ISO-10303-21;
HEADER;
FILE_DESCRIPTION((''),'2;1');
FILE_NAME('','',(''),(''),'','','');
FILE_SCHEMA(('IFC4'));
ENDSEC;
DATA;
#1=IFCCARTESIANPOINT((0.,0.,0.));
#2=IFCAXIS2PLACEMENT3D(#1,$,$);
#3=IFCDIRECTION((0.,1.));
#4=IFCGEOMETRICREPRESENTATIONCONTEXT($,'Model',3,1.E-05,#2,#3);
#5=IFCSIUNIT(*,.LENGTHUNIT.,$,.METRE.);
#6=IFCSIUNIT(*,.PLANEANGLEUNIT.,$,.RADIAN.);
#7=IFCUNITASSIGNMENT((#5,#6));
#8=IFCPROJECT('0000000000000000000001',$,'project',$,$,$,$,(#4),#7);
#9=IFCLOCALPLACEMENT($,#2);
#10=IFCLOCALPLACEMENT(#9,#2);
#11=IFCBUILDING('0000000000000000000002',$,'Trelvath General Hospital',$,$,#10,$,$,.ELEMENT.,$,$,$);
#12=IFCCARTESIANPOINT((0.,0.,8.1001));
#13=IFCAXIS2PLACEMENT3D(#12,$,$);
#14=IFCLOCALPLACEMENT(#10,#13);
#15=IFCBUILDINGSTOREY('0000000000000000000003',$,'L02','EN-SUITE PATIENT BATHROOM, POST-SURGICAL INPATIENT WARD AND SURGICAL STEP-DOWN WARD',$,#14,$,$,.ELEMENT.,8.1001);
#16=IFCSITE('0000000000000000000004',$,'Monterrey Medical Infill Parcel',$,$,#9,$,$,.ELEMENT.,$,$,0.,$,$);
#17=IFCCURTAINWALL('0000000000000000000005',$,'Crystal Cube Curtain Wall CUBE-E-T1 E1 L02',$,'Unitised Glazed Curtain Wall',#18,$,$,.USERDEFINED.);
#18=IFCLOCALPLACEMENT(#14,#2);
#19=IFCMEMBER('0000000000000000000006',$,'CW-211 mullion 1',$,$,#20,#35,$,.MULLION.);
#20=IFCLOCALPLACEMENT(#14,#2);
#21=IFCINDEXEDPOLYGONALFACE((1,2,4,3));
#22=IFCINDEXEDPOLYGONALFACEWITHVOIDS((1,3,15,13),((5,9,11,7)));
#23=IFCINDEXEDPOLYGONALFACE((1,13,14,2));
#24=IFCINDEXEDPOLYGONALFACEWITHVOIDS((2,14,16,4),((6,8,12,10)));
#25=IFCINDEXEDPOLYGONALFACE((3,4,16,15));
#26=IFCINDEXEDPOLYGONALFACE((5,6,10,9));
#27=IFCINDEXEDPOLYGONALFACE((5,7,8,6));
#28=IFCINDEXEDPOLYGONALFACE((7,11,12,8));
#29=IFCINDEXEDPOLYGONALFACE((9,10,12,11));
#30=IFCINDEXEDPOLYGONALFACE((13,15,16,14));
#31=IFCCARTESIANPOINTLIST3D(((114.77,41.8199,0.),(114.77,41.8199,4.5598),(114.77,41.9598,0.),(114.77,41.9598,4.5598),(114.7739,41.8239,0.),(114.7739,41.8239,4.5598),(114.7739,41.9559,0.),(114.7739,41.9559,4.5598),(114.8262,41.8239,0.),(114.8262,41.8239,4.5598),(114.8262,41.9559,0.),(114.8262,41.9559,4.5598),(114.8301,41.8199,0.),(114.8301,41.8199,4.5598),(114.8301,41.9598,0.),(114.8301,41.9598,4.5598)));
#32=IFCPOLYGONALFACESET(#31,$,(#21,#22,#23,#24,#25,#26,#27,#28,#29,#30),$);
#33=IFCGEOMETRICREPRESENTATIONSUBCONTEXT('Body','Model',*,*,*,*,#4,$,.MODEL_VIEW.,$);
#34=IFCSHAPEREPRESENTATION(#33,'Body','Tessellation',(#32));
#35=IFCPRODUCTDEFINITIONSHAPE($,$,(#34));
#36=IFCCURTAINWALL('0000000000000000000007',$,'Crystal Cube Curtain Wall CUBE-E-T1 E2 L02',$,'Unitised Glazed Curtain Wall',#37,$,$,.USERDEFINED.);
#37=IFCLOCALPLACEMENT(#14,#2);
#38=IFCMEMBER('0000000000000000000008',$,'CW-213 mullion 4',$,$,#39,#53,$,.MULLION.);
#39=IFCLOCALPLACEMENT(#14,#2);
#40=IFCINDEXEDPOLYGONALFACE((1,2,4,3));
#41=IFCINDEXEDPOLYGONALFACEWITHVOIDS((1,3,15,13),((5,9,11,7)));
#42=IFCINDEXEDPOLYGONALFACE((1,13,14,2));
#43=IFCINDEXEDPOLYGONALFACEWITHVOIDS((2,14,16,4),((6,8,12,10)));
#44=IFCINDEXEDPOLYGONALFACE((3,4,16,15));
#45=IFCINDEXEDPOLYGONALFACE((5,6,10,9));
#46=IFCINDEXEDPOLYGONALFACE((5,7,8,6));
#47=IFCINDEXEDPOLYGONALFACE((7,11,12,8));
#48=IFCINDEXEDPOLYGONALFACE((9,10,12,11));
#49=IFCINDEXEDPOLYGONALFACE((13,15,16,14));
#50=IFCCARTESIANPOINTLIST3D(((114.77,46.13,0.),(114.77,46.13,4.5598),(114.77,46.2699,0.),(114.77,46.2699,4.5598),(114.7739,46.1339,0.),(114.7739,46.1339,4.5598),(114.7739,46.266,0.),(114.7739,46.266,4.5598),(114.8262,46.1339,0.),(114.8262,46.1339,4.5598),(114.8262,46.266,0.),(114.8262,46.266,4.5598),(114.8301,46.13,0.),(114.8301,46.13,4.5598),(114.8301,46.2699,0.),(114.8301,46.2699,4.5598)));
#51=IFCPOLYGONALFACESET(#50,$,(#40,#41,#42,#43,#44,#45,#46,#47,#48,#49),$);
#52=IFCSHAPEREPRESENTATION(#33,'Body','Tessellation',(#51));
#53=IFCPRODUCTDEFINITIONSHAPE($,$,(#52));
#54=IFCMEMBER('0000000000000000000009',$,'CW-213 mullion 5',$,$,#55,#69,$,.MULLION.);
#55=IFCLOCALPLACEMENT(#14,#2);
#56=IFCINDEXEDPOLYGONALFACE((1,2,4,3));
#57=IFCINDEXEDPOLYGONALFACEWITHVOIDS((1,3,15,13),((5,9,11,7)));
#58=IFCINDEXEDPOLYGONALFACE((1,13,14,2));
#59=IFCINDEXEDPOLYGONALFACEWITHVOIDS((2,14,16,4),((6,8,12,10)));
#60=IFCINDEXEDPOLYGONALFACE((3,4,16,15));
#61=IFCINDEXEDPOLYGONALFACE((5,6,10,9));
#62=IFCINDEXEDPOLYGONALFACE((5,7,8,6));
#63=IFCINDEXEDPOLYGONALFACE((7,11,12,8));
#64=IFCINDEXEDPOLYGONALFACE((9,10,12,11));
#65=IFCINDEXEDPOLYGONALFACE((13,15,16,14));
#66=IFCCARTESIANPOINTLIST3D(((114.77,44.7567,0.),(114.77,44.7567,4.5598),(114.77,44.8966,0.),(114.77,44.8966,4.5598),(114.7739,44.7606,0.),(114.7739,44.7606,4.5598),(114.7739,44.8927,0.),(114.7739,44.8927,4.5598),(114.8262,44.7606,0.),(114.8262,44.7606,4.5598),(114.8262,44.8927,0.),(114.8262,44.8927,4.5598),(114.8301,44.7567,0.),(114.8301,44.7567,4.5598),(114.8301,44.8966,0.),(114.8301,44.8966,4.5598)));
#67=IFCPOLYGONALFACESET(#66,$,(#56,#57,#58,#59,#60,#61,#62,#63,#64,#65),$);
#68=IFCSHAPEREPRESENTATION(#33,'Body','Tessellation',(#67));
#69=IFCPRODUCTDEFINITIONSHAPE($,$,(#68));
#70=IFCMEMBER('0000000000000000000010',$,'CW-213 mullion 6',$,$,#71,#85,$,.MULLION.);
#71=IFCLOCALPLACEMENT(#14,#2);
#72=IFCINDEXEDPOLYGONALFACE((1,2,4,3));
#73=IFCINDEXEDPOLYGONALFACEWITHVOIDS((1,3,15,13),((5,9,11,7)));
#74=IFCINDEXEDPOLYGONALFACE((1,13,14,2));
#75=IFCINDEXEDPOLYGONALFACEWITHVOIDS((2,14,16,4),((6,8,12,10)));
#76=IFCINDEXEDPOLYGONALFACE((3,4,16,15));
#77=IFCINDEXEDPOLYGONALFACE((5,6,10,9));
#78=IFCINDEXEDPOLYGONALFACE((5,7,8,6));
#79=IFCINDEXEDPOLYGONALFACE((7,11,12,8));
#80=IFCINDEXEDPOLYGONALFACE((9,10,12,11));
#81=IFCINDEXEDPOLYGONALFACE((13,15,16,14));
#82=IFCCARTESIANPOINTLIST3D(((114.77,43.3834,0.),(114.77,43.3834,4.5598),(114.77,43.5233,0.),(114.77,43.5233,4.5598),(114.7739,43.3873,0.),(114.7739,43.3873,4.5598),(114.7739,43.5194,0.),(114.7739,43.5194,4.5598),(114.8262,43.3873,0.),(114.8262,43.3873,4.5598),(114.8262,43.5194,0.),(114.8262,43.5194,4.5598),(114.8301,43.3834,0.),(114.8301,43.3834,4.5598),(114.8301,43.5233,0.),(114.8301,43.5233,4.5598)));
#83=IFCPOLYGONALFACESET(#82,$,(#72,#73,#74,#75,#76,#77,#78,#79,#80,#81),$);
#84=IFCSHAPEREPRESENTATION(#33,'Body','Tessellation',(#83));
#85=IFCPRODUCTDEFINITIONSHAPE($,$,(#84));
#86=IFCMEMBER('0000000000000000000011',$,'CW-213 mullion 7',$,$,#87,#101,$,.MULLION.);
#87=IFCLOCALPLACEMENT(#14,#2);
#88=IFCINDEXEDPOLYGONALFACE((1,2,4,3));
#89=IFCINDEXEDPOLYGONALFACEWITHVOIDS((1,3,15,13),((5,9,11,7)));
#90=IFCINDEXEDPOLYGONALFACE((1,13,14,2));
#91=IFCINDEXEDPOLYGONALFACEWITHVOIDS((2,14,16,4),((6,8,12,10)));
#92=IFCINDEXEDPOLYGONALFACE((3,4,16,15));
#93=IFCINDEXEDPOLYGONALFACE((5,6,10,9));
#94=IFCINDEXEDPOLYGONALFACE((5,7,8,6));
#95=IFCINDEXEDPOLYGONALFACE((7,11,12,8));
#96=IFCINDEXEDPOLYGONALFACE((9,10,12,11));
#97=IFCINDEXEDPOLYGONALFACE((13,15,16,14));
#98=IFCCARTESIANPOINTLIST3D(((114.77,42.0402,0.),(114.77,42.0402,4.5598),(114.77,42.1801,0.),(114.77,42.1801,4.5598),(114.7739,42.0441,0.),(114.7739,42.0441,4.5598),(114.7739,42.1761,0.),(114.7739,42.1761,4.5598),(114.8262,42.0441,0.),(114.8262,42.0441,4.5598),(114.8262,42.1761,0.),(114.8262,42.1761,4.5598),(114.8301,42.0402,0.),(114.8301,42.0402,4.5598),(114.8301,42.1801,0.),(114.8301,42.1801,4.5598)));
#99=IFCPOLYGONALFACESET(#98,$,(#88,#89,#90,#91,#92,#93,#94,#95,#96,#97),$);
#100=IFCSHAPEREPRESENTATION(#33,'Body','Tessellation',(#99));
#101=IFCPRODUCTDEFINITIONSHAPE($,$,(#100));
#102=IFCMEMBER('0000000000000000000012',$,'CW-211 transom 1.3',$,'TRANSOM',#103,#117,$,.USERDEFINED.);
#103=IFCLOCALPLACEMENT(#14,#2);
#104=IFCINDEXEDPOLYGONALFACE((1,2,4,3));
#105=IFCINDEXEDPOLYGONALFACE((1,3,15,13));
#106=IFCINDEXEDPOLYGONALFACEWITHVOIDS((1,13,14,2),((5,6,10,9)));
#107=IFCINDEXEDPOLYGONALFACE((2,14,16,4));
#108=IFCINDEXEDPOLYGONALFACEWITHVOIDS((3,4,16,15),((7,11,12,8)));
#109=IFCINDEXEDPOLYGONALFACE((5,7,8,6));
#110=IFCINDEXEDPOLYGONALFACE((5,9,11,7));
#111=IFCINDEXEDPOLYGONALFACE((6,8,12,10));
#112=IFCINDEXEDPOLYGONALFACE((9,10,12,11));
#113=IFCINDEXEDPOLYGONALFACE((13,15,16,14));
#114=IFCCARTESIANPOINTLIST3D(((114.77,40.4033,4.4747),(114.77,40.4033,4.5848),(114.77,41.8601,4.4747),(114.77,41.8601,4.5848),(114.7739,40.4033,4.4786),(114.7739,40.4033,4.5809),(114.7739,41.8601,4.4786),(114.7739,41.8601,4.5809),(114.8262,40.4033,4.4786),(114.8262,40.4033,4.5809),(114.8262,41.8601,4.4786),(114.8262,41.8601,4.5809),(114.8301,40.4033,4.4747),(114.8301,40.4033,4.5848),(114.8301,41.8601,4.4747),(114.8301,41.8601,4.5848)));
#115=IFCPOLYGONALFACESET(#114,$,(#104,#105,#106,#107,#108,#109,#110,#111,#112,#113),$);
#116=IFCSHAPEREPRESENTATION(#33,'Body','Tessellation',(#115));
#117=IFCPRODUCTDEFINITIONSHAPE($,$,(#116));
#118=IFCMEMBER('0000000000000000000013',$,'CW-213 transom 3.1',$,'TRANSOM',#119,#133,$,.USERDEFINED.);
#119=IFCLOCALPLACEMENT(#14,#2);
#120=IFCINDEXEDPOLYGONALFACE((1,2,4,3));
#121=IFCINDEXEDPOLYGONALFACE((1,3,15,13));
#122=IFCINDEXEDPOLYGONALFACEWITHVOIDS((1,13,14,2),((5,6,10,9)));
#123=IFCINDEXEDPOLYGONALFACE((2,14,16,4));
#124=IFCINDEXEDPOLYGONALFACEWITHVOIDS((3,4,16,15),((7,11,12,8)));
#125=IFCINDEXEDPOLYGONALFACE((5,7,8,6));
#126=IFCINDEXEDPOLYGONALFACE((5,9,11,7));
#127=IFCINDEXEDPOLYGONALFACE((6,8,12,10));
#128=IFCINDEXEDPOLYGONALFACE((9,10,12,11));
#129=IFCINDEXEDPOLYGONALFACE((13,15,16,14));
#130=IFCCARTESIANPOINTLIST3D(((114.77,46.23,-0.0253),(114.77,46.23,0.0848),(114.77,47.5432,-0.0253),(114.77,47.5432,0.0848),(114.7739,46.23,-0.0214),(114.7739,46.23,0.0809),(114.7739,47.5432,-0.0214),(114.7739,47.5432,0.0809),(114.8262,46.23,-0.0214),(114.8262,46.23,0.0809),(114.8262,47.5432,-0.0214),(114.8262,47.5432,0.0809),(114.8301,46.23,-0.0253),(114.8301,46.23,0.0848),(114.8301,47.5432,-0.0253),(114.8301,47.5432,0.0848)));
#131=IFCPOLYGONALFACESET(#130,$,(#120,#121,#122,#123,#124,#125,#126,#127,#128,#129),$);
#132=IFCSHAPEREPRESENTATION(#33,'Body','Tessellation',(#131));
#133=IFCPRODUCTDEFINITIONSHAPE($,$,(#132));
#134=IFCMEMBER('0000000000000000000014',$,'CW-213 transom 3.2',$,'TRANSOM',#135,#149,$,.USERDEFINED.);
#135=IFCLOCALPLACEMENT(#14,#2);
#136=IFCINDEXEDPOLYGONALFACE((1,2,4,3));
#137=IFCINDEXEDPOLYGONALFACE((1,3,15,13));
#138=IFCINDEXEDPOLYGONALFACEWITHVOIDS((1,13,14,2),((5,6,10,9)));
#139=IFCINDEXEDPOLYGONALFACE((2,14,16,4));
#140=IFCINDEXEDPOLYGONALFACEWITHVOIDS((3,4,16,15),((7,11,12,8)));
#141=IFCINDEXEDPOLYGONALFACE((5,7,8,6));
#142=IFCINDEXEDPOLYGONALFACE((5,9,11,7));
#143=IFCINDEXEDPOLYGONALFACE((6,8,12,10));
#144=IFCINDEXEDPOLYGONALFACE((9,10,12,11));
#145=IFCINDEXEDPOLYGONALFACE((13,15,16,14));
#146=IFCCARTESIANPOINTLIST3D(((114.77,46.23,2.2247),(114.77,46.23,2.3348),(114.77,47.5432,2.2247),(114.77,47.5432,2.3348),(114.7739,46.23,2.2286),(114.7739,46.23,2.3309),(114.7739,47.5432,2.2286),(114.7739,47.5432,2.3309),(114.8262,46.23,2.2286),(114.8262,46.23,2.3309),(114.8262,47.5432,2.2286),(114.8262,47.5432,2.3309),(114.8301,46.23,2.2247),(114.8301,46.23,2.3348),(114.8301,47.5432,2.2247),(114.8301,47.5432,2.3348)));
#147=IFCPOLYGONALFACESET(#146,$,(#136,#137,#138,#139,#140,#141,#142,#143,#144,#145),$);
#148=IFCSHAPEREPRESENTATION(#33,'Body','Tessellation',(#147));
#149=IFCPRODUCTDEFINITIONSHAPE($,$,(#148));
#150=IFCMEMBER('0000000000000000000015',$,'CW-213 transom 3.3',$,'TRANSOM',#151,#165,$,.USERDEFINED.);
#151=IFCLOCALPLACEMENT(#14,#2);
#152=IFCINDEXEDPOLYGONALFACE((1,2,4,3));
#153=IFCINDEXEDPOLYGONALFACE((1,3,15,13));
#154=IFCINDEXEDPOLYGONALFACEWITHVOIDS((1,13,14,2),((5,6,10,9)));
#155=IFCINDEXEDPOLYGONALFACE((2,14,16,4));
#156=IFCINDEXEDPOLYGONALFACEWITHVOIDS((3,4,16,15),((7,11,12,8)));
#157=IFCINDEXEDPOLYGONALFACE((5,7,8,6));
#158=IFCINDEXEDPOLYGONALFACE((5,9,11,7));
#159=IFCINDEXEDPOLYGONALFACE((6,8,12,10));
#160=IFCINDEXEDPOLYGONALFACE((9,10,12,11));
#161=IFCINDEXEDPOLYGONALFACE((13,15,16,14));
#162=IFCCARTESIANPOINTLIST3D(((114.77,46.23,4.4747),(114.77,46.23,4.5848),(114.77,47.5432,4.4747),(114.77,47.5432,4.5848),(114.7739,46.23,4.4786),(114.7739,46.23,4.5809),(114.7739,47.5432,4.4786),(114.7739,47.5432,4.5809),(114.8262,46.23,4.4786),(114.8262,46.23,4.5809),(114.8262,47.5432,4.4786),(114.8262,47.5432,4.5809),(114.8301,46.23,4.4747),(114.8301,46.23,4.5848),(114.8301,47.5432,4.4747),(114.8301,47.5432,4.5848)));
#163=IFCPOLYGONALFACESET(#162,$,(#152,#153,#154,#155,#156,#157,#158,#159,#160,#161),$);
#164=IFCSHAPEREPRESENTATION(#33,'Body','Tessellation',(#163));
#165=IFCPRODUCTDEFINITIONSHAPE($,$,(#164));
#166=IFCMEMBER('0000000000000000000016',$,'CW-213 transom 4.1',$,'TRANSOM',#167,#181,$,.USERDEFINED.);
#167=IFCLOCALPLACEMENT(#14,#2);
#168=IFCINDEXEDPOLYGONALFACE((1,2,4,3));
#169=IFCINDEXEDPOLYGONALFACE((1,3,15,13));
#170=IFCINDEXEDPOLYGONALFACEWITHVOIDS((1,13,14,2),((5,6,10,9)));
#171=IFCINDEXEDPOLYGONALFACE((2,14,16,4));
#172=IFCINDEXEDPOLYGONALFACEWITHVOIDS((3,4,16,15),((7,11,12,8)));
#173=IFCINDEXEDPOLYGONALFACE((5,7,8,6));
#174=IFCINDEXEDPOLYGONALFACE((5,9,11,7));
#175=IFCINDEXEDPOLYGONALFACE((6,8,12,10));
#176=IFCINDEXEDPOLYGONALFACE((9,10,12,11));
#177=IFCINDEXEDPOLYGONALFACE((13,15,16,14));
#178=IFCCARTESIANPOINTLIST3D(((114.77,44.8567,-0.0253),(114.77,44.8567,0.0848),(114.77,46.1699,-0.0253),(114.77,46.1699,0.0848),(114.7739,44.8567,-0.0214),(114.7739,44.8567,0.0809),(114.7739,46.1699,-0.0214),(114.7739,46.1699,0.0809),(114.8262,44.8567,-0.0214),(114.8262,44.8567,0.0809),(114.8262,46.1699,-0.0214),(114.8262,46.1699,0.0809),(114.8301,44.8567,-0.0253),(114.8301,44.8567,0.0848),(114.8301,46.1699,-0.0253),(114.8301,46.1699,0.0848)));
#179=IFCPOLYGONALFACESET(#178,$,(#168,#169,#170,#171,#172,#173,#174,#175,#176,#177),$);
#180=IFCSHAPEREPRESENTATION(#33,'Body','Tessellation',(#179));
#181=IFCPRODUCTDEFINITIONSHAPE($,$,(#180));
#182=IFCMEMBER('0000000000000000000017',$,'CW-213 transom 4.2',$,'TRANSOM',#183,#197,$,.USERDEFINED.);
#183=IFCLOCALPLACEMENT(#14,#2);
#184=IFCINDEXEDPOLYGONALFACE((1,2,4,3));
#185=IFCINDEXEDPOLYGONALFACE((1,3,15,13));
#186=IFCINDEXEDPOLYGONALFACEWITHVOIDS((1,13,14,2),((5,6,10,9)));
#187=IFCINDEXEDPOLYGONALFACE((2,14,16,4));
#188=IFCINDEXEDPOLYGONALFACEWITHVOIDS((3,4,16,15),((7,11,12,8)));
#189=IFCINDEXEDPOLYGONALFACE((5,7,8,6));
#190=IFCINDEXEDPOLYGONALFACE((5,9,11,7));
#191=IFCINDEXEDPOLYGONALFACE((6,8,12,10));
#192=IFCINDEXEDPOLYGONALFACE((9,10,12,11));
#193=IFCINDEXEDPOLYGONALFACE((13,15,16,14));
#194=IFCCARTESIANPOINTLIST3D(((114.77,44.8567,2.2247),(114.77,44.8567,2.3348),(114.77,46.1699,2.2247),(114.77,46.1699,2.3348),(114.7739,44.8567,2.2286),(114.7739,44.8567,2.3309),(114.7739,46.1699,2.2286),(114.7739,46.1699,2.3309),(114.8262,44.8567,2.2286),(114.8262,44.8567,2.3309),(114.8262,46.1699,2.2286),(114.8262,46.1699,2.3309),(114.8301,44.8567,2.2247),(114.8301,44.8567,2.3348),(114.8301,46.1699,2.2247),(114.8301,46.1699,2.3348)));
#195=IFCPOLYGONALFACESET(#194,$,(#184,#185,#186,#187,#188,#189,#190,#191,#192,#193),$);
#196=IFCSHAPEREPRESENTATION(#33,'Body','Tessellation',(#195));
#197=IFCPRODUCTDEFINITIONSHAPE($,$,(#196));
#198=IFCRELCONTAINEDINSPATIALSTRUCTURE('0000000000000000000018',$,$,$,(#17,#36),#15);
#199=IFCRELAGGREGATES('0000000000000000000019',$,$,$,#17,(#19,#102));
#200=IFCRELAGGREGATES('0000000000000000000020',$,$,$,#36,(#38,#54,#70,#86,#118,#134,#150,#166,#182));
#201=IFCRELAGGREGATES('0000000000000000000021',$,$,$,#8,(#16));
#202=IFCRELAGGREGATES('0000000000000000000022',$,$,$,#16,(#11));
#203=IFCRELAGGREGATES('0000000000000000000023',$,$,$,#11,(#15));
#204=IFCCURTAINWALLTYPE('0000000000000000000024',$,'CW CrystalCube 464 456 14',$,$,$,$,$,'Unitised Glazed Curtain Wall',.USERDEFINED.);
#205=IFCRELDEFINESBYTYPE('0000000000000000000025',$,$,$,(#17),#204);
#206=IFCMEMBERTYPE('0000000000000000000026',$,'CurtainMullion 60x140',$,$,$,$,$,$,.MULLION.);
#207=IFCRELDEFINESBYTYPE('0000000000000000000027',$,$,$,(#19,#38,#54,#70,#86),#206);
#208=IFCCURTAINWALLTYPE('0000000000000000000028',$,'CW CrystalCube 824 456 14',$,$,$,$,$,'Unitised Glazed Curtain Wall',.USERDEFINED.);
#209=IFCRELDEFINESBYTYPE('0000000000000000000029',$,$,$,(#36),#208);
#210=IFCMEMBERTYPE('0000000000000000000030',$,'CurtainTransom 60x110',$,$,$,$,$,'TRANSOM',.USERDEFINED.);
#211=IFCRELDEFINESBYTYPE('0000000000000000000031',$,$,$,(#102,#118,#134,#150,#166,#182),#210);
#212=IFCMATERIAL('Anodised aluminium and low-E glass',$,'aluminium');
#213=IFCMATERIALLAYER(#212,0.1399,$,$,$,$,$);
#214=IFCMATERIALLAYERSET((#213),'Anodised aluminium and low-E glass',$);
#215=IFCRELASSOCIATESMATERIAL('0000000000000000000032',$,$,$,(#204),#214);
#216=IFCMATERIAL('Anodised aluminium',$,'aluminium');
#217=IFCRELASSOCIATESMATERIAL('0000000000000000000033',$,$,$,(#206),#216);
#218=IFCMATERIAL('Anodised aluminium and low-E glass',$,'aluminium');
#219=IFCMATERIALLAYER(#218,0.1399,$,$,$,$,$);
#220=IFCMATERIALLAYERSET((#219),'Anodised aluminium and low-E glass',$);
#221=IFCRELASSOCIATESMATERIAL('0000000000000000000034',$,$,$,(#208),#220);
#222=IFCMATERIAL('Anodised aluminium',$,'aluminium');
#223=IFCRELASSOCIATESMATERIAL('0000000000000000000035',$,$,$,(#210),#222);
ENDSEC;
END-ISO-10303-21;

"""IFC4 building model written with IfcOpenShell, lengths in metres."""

from ifc_helpers import new_model, si_unit, direction, frame, origin, origin_2d, place, context, subcontext, project, spatial, hollow_rectangle, extrude, material, layer, layer_set, material_profile, profile_set, type_object, element, aggregate, save


model = new_model("IFC4")

# Units and contexts
model_context = context("Model", 3, precision=1e-05, world=origin(), true_north=direction((0.0, 1.0)))
body_context = subcontext(model_context, "Body", "Model", "MODEL_VIEW")
ifc_project = project(units=[si_unit("LENGTHUNIT", "METRE"), si_unit("PLANEANGLEUNIT", "RADIAN")], contexts=[model_context])

# Site, building, storey
site_placement = place(None, origin())
site = spatial("IfcSite", under=ifc_project, at=site_placement, Name="Monterrey Medical Infill Parcel", CompositionType="ELEMENT", RefElevation=0.0)
building_placement = place(site_placement, origin())
building = spatial("IfcBuilding", under=site, at=building_placement, Name="Trelvath General Hospital", CompositionType="ELEMENT")
storey_placement = place(building_placement, frame((0.0, 0.0, 8.1001)))
storey = spatial("IfcBuildingStorey", under=building, at=storey_placement, Name="L02", Description="EN-SUITE PATIENT BATHROOM, POST-SURGICAL INPATIENT WARD AND SURGICAL STEP-DOWN WARD", CompositionType="ELEMENT", Elevation=8.1001)

# Curtain wall, member
ifc_material_1 = material(Name="Anodised aluminium and low-E glass", Category="aluminium")
ifc_layer_1 = layer(ifc_material_1, 0.1399)
ifc_layer_set_1 = layer_set([ifc_layer_1], Name="Anodised aluminium and low-E glass")
curtain_wall_type_1 = type_object("IfcCurtainWallType", Name="CW CrystalCube 464 456 14", ElementType="Unitised Glazed Curtain Wall", PredefinedType="USERDEFINED", material=ifc_layer_set_1)
curtain_wall_1_placement = place(storey_placement, origin())
curtain_wall_1 = element("IfcCurtainWall", 1, at=curtain_wall_1_placement, inside=storey, type_object=curtain_wall_type_1, Name="Crystal Cube Curtain Wall CUBE-E-T1 E1 L02", ObjectType="Unitised Glazed Curtain Wall", PredefinedType="USERDEFINED")
ifc_material_2 = material(Name="Anodised aluminium", Category="aluminium")
ifc_material_profile_1 = material_profile(ifc_material_2, hollow_rectangle(XDim=0.0601, YDim=0.1399, WallThickness=0.0039, at=origin_2d()), Name="RHS60x140x4")
ifc_profile_set_1 = profile_set([ifc_material_profile_1], Name="Anodised aluminium")
member_type_1 = type_object("IfcMemberType", Name="CurtainMullion 60x140", PredefinedType="MULLION", material=ifc_profile_set_1)
member_1_placement = place(storey_placement, frame((114.8, 41.8899, 0.0), z_axis=(0.0, 0.0, 1.0), x_axis=(1.0, 0.0, 0.0)))
member_1 = element("IfcMember", 2, at=member_1_placement, type_object=member_type_1, Name="CW-211 mullion 1", PredefinedType="MULLION", context=body_context, shape_type="SweptSolid", body=[
    extrude(hollow_rectangle(XDim=0.0601, YDim=0.1399, WallThickness=0.0039, at=origin_2d()), origin(), (0.0, 0.0, 1.0), 4.5598),
])

# Curtain wall, members
ifc_material_3 = material(Name="Anodised aluminium and low-E glass", Category="aluminium")
ifc_layer_2 = layer(ifc_material_3, 0.1399)
ifc_layer_set_2 = layer_set([ifc_layer_2], Name="Anodised aluminium and low-E glass")
curtain_wall_type_2 = type_object("IfcCurtainWallType", Name="CW CrystalCube 824 456 14", ElementType="Unitised Glazed Curtain Wall", PredefinedType="USERDEFINED", material=ifc_layer_set_2)
curtain_wall_2_placement = place(storey_placement, origin())
curtain_wall_2 = element("IfcCurtainWall", 3, at=curtain_wall_2_placement, inside=storey, type_object=curtain_wall_type_2, Name="Crystal Cube Curtain Wall CUBE-E-T1 E2 L02", ObjectType="Unitised Glazed Curtain Wall", PredefinedType="USERDEFINED")
member_2_placement = place(storey_placement, frame((114.8, 46.2, 0.0), z_axis=(0.0, 0.0, 1.0), x_axis=(1.0, 0.0, 0.0)))
member_2 = element("IfcMember", 4, at=member_2_placement, type_object=member_type_1, Name="CW-213 mullion 4", PredefinedType="MULLION", context=body_context, shape_type="SweptSolid", body=[
    extrude(hollow_rectangle(XDim=0.0601, YDim=0.1399, WallThickness=0.0039, at=origin_2d()), origin(), (0.0, 0.0, 1.0), 4.5598),
])
member_3_placement = place(storey_placement, frame((114.8, 44.8267, 0.0), z_axis=(0.0, 0.0, 1.0), x_axis=(1.0, 0.0, 0.0)))
member_3 = element("IfcMember", 5, at=member_3_placement, type_object=member_type_1, Name="CW-213 mullion 5", PredefinedType="MULLION", context=body_context, shape_type="SweptSolid", body=[
    extrude(hollow_rectangle(XDim=0.0601, YDim=0.1399, WallThickness=0.0039, at=origin_2d()), origin(), (0.0, 0.0, 1.0), 4.5598),
])
member_4_placement = place(storey_placement, frame((114.8, 43.4534, 0.0), z_axis=(0.0, 0.0, 1.0), x_axis=(1.0, 0.0, 0.0)))
member_4 = element("IfcMember", 6, at=member_4_placement, type_object=member_type_1, Name="CW-213 mullion 6", PredefinedType="MULLION", context=body_context, shape_type="SweptSolid", body=[
    extrude(hollow_rectangle(XDim=0.0601, YDim=0.1399, WallThickness=0.0039, at=origin_2d()), origin(), (0.0, 0.0, 1.0), 4.5598),
])
member_5_placement = place(storey_placement, frame((114.8, 42.1101, 0.0), z_axis=(0.0, 0.0, 1.0), x_axis=(1.0, 0.0, 0.0)))
member_5 = element("IfcMember", 7, at=member_5_placement, type_object=member_type_1, Name="CW-213 mullion 7", PredefinedType="MULLION", context=body_context, shape_type="SweptSolid", body=[
    extrude(hollow_rectangle(XDim=0.0601, YDim=0.1399, WallThickness=0.0039, at=origin_2d()), origin(), (0.0, 0.0, 1.0), 4.5598),
])

# Members
ifc_material_4 = material(Name="Anodised aluminium", Category="aluminium")
ifc_material_profile_2 = material_profile(ifc_material_4, hollow_rectangle(XDim=0.0601, YDim=0.1101, WallThickness=0.0039, at=origin_2d()), Name="RHS60x110x4")
ifc_profile_set_2 = profile_set([ifc_material_profile_2], Name="Anodised aluminium")
member_type_2 = type_object("IfcMemberType", Name="CurtainTransom 60x110", ElementType="TRANSOM", PredefinedType="USERDEFINED", material=ifc_profile_set_2)
member_6_placement = place(storey_placement, frame((114.8, 41.8601, 4.5298), z_axis=(0.0, -1.0, 0.0), x_axis=(1.0, 0.0, 0.0)))
member_6 = element("IfcMember", 8, at=member_6_placement, type_object=member_type_2, Name="CW-211 transom 1.3", ObjectType="TRANSOM", PredefinedType="USERDEFINED", context=body_context, shape_type="SweptSolid", body=[
    extrude(hollow_rectangle(XDim=0.0601, YDim=0.1101, WallThickness=0.0039, at=origin_2d()), origin(), (0.0, 0.0, 1.0), 1.4568),
])
aggregate(curtain_wall_1, [member_1, member_6])
member_7_placement = place(storey_placement, frame((114.8, 47.5432, 0.0298), z_axis=(0.0, -1.0, 0.0), x_axis=(1.0, 0.0, 0.0)))
member_7 = element("IfcMember", 9, at=member_7_placement, type_object=member_type_2, Name="CW-213 transom 3.1", ObjectType="TRANSOM", PredefinedType="USERDEFINED", context=body_context, shape_type="SweptSolid", body=[
    extrude(hollow_rectangle(XDim=0.0601, YDim=0.1101, WallThickness=0.0039, at=origin_2d()), origin(), (0.0, 0.0, 1.0), 1.3132),
])
member_8_placement = place(storey_placement, frame((114.8, 47.5432, 2.2798), z_axis=(0.0, -1.0, 0.0), x_axis=(1.0, 0.0, 0.0)))
member_8 = element("IfcMember", 10, at=member_8_placement, type_object=member_type_2, Name="CW-213 transom 3.2", ObjectType="TRANSOM", PredefinedType="USERDEFINED", context=body_context, shape_type="SweptSolid", body=[
    extrude(hollow_rectangle(XDim=0.0601, YDim=0.1101, WallThickness=0.0039, at=origin_2d()), origin(), (0.0, 0.0, 1.0), 1.3132),
])
member_9_placement = place(storey_placement, frame((114.8, 47.5432, 4.5298), z_axis=(0.0, -1.0, 0.0), x_axis=(1.0, 0.0, 0.0)))
member_9 = element("IfcMember", 11, at=member_9_placement, type_object=member_type_2, Name="CW-213 transom 3.3", ObjectType="TRANSOM", PredefinedType="USERDEFINED", context=body_context, shape_type="SweptSolid", body=[
    extrude(hollow_rectangle(XDim=0.0601, YDim=0.1101, WallThickness=0.0039, at=origin_2d()), origin(), (0.0, 0.0, 1.0), 1.3132),
])
member_10_placement = place(storey_placement, frame((114.8, 46.1699, 0.0298), z_axis=(0.0, -1.0, 0.0), x_axis=(1.0, 0.0, 0.0)))
member_10 = element("IfcMember", 12, at=member_10_placement, type_object=member_type_2, Name="CW-213 transom 4.1", ObjectType="TRANSOM", PredefinedType="USERDEFINED", context=body_context, shape_type="SweptSolid", body=[
    extrude(hollow_rectangle(XDim=0.0601, YDim=0.1101, WallThickness=0.0039, at=origin_2d()), origin(), (0.0, 0.0, 1.0), 1.3132),
])
member_11_placement = place(storey_placement, frame((114.8, 46.1699, 2.2798), z_axis=(0.0, -1.0, 0.0), x_axis=(1.0, 0.0, 0.0)))
member_11 = element("IfcMember", 13, at=member_11_placement, type_object=member_type_2, Name="CW-213 transom 4.2", ObjectType="TRANSOM", PredefinedType="USERDEFINED", context=body_context, shape_type="SweptSolid", body=[
    extrude(hollow_rectangle(XDim=0.0601, YDim=0.1101, WallThickness=0.0039, at=origin_2d()), origin(), (0.0, 0.0, 1.0), 1.3132),
])

aggregate(curtain_wall_2, [member_2, member_3, member_4, member_5, member_7, member_8, member_9, member_10, member_11])

save(model, "model.ifc")
